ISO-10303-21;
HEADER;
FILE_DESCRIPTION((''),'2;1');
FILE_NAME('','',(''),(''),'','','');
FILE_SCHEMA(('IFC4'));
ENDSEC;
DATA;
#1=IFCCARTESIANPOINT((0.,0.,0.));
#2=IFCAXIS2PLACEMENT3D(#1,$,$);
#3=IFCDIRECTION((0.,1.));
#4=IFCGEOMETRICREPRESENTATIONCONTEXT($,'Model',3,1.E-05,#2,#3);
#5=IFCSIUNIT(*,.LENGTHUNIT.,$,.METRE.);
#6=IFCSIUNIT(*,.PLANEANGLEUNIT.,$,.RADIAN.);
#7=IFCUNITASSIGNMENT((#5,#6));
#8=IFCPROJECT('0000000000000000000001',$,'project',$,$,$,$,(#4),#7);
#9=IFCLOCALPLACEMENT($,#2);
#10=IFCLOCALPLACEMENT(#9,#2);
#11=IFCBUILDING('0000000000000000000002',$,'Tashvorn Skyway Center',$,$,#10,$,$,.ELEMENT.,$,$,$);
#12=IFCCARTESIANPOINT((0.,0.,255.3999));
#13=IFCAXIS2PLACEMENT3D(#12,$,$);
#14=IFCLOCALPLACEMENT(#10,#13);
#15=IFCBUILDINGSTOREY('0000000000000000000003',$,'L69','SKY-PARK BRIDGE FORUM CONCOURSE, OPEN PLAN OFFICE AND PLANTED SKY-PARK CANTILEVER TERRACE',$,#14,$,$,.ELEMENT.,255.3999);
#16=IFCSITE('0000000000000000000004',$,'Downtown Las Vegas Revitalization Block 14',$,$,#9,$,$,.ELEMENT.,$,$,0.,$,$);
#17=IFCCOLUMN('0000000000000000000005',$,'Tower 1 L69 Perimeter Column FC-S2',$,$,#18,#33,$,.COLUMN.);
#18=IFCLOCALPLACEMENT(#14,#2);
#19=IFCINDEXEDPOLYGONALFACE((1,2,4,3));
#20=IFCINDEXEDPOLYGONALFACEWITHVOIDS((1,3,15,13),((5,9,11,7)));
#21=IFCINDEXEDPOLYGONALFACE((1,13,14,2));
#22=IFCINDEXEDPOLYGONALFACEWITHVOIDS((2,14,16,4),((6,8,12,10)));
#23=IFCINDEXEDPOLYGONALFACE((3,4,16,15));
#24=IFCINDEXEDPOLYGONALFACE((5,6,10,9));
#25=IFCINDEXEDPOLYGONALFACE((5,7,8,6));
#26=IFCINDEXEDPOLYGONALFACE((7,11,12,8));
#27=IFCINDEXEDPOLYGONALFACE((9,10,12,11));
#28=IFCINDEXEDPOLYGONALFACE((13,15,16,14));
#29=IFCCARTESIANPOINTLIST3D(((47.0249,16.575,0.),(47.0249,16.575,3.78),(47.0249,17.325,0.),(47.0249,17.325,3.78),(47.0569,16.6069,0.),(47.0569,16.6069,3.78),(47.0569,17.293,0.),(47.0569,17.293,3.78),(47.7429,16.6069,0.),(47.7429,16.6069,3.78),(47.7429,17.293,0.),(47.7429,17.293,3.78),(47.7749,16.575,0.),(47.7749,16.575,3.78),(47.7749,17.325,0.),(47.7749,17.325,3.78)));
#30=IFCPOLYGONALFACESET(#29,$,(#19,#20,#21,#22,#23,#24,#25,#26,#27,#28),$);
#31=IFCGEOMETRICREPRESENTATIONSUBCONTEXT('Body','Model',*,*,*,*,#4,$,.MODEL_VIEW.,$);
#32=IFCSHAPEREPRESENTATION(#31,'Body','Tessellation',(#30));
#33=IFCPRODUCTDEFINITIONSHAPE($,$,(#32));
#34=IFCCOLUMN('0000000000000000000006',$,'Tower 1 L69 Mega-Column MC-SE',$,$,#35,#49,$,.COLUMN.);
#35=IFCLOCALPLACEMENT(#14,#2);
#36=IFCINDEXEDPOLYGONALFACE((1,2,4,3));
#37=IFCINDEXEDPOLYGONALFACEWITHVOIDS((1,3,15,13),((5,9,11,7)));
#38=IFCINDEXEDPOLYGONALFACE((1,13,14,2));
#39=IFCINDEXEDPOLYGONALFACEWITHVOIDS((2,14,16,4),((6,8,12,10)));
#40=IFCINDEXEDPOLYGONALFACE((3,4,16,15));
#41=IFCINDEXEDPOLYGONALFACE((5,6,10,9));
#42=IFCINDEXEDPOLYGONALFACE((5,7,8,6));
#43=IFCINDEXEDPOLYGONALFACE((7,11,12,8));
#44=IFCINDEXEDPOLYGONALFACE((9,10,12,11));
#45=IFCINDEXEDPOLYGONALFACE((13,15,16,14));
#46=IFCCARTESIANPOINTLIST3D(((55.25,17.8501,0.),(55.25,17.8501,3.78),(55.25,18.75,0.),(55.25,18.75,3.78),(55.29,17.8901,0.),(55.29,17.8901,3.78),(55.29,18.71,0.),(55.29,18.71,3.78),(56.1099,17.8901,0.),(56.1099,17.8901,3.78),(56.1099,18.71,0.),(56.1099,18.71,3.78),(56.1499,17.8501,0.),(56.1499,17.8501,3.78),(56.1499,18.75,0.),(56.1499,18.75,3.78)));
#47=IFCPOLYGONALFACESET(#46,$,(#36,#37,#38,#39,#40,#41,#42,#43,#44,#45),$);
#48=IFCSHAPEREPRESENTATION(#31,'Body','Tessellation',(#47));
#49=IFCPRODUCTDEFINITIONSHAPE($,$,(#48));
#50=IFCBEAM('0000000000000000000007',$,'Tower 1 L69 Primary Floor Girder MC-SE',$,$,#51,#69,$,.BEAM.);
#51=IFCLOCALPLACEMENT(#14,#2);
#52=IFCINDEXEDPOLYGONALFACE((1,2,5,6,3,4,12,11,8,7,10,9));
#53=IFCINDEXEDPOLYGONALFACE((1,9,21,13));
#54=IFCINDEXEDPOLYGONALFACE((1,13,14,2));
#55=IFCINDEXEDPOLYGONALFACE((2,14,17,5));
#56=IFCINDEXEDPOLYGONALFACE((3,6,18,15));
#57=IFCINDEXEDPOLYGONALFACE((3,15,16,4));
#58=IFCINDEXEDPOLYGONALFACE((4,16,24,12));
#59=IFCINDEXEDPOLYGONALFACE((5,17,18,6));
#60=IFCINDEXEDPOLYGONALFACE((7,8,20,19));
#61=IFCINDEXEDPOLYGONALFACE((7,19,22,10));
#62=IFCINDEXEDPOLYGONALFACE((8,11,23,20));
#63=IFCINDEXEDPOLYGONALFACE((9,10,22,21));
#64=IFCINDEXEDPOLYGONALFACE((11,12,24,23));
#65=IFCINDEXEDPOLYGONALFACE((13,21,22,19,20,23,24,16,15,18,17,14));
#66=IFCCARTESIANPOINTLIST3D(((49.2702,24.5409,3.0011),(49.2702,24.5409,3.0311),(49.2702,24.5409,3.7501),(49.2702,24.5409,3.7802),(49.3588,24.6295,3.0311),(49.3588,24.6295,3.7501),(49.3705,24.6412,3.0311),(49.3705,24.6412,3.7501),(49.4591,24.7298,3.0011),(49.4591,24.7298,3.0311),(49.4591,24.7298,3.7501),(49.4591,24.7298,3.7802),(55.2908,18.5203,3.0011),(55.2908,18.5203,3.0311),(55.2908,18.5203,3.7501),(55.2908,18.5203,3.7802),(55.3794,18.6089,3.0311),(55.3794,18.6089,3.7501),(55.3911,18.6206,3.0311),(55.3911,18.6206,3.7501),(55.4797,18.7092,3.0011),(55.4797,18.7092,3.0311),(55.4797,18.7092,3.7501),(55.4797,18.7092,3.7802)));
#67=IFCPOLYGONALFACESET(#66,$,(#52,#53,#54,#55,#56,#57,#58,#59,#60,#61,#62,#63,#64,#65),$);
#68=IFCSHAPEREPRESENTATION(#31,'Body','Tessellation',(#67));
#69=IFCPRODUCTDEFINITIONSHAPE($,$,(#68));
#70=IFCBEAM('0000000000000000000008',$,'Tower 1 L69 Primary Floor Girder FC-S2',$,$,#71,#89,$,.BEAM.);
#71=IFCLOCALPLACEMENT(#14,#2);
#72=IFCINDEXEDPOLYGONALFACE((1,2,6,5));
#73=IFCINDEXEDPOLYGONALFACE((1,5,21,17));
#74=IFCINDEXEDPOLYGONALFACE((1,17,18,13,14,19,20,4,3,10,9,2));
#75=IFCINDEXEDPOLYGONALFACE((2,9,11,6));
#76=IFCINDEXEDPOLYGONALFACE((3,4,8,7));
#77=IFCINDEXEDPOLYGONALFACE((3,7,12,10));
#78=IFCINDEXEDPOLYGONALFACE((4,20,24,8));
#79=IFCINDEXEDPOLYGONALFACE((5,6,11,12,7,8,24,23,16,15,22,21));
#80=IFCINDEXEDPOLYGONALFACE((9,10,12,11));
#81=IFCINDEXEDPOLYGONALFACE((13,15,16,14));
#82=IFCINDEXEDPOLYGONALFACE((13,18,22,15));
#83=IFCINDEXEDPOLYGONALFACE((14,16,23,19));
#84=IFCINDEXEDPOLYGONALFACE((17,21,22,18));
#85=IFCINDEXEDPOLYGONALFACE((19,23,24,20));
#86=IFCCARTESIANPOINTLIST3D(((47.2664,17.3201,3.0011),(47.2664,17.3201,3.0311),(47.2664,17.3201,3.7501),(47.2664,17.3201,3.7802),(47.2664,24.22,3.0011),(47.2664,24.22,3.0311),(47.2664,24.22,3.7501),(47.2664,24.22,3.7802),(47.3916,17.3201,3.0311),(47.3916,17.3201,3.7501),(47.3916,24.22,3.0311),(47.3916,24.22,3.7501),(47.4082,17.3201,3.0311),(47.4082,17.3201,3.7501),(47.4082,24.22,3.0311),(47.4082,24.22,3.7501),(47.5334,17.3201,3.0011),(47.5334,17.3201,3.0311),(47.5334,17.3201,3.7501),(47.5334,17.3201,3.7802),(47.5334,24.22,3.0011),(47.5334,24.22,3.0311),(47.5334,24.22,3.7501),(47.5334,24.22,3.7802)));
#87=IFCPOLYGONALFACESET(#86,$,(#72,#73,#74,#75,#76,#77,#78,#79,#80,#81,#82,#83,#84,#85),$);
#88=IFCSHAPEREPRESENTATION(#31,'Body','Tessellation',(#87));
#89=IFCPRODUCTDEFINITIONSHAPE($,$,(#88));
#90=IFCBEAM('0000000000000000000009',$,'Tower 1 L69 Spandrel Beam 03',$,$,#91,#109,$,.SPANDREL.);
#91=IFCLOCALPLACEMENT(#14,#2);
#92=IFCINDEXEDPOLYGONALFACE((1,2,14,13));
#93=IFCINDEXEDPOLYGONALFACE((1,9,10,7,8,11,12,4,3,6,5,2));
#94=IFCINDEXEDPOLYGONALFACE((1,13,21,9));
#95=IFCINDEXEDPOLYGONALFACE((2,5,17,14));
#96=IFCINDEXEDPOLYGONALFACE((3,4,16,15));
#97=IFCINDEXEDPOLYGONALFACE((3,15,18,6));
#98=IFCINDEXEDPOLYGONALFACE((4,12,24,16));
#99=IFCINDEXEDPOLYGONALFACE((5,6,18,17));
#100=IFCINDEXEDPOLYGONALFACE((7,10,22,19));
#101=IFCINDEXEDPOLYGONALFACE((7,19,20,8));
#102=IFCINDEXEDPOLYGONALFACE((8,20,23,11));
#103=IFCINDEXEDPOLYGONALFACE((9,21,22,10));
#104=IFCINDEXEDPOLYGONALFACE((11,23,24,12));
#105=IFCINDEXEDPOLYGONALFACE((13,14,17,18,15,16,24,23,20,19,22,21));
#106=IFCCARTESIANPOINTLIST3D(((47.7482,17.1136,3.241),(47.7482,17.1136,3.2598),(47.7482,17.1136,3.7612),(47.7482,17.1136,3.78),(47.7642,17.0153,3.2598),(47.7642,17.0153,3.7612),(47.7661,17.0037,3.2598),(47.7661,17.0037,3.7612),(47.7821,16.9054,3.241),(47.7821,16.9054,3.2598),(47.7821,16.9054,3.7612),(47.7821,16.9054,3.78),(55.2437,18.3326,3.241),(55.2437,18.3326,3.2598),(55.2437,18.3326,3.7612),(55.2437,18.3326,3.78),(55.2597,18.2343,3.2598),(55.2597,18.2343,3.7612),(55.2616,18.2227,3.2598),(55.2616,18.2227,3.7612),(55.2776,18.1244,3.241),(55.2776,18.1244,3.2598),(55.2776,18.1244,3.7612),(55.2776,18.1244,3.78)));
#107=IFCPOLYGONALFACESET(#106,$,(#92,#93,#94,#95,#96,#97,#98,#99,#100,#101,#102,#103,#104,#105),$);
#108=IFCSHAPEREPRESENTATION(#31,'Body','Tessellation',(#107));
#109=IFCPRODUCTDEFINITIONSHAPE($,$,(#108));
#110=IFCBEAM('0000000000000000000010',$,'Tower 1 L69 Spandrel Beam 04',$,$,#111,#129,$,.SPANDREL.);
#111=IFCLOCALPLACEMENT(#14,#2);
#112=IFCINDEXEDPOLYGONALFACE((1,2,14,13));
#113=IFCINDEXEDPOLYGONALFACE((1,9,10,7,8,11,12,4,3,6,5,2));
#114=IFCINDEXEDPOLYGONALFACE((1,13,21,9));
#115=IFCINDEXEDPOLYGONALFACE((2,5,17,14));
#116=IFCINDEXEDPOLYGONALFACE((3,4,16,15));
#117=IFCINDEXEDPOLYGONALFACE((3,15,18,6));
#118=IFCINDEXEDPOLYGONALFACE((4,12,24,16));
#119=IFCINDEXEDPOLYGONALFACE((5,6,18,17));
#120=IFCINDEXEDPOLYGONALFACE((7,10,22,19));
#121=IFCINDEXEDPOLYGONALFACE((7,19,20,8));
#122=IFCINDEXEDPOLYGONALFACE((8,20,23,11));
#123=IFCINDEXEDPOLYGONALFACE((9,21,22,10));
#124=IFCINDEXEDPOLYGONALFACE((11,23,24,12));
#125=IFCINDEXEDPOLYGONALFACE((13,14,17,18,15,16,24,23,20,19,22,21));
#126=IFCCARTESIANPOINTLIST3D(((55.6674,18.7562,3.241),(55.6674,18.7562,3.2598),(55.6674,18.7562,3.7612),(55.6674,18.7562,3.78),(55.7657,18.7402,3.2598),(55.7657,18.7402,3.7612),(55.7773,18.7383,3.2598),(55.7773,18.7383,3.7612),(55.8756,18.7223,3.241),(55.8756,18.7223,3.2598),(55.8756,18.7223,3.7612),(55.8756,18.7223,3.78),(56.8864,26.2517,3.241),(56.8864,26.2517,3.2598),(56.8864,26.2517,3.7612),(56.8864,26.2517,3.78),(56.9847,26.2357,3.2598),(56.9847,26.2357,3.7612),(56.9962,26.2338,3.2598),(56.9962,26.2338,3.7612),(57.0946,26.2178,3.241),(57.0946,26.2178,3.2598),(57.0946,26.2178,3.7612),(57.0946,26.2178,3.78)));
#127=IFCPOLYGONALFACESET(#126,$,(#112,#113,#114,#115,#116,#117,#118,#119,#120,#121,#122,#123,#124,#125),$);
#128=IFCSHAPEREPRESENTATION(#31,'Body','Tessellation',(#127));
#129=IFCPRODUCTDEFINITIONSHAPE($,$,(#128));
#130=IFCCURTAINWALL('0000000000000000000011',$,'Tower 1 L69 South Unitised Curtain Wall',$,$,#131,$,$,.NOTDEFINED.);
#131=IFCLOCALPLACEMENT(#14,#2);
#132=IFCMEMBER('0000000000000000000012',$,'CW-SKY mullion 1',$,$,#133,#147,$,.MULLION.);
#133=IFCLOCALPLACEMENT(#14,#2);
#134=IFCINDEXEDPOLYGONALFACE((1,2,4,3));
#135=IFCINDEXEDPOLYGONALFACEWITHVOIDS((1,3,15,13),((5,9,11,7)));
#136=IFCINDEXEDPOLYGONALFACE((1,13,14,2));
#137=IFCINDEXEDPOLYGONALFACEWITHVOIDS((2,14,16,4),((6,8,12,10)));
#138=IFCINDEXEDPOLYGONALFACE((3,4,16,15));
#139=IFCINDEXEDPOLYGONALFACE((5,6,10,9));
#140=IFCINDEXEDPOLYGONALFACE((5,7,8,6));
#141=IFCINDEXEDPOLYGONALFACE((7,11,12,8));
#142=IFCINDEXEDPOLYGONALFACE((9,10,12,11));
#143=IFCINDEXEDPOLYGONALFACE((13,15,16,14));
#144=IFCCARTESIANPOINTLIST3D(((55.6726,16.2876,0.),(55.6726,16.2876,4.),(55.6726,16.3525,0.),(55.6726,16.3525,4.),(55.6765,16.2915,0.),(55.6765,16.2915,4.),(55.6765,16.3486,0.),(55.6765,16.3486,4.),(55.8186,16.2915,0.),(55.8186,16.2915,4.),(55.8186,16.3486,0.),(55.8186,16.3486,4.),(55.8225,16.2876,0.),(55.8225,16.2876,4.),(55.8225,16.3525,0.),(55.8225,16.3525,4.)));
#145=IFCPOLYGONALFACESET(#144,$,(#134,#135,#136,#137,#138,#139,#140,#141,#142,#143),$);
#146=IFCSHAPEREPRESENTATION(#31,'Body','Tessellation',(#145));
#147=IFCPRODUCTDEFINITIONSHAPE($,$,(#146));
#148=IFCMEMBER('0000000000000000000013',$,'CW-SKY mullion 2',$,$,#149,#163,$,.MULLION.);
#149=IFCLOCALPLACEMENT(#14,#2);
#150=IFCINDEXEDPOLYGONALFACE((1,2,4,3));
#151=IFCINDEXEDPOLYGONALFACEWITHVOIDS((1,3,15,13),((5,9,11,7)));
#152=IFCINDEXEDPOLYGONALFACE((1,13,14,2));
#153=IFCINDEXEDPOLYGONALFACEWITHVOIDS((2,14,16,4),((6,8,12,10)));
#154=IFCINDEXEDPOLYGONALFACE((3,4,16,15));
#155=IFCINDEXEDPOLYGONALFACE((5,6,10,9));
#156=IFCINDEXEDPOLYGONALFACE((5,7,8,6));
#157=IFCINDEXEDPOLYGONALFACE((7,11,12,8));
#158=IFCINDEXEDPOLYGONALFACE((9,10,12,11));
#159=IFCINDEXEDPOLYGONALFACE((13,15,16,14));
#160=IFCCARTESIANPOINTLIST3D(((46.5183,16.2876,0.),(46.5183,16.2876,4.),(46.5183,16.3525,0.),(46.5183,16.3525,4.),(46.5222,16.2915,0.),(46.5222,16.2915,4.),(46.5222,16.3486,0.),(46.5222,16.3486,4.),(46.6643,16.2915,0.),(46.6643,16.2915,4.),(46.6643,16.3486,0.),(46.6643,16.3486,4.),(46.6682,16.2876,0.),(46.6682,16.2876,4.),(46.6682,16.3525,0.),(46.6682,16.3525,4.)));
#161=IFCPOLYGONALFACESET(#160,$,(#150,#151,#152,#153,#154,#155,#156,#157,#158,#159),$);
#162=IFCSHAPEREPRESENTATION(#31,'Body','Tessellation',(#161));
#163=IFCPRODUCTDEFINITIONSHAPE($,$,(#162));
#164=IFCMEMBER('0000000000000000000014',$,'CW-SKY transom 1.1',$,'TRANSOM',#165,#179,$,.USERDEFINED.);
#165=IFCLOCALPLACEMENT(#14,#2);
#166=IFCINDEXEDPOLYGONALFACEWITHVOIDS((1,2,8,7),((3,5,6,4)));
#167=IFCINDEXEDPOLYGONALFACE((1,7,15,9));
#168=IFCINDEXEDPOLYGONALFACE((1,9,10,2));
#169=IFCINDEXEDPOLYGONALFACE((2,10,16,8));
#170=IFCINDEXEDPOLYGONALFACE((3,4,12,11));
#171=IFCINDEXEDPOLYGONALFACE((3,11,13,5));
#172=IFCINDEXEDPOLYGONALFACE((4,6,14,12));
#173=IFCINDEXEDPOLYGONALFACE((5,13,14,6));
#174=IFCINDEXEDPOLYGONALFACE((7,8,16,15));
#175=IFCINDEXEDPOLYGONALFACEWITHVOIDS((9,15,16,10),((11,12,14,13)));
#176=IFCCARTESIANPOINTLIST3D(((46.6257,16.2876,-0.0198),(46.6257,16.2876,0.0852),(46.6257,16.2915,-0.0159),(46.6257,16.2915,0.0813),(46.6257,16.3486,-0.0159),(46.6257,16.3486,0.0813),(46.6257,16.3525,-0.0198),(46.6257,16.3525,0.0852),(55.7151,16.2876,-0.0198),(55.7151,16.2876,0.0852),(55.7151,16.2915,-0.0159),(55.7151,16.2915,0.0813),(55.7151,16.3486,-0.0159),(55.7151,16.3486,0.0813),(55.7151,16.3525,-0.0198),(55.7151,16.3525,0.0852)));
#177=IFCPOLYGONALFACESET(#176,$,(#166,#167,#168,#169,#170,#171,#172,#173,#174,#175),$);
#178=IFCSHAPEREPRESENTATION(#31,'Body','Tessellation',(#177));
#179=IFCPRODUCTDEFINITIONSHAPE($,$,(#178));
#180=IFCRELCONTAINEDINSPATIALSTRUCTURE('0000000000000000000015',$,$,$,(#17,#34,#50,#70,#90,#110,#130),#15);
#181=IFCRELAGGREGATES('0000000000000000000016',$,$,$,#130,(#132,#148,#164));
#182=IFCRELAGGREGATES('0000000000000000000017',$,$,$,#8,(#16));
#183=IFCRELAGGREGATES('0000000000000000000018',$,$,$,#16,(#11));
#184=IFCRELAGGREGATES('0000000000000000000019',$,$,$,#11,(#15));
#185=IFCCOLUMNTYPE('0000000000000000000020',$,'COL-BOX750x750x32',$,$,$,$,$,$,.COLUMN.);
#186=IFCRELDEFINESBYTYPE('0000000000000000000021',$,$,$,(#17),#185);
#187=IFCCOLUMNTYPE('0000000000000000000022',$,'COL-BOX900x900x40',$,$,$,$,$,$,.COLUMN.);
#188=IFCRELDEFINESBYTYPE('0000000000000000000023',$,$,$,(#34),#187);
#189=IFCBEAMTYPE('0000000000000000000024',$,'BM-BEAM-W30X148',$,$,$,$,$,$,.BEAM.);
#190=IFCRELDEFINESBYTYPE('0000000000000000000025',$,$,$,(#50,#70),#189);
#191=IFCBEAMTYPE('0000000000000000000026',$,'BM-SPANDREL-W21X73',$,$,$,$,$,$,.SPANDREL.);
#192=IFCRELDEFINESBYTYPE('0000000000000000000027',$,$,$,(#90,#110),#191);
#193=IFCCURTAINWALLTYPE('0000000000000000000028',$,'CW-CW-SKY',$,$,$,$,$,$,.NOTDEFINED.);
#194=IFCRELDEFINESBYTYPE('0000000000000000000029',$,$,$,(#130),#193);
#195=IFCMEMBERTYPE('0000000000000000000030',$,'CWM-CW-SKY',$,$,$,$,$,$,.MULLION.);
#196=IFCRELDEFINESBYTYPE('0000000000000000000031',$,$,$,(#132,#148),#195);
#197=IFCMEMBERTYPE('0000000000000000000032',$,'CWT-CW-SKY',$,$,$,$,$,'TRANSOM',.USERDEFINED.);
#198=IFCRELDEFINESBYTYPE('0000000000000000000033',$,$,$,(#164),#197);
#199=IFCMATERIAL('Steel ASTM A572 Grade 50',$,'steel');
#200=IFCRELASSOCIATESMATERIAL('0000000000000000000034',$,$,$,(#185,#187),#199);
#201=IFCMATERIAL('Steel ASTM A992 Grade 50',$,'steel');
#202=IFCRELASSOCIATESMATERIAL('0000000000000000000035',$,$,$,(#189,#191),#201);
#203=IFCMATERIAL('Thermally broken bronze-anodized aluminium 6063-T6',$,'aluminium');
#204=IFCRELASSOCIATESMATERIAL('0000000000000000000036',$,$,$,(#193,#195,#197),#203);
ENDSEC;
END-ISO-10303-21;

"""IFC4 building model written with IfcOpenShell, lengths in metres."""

from ifc_helpers import new_model, si_unit, direction, frame, origin, origin_2d, place, context, subcontext, project, spatial, hollow_rectangle, i_section, extrude, material, material_profile, profile_set, type_object, element, aggregate, save


model = new_model("IFC4")

# Units and contexts
model_context = context("Model", 3, precision=1e-05, world=origin(), true_north=direction((0.0, 1.0)))
body_context = subcontext(model_context, "Body", "Model", "MODEL_VIEW")
ifc_project = project(units=[si_unit("LENGTHUNIT", "METRE"), si_unit("PLANEANGLEUNIT", "RADIAN")], contexts=[model_context])

# Site, building, storey
site_placement = place(None, origin())
site = spatial("IfcSite", under=ifc_project, at=site_placement, Name="Downtown Las Vegas Revitalization Block 14", CompositionType="ELEMENT", RefElevation=0.0)
building_placement = place(site_placement, origin())
building = spatial("IfcBuilding", under=site, at=building_placement, Name="Tashvorn Skyway Center", CompositionType="ELEMENT")
storey_placement = place(building_placement, frame((0.0, 0.0, 255.3999)))
storey = spatial("IfcBuildingStorey", under=building, at=storey_placement, Name="L69", Description="SKY-PARK BRIDGE FORUM CONCOURSE, OPEN PLAN OFFICE AND PLANTED SKY-PARK CANTILEVER TERRACE", CompositionType="ELEMENT", Elevation=255.3999)

# Columns
ifc_material_1 = material(Name="Steel ASTM A572 Grade 50", Category="steel")
ifc_material_profile_1 = material_profile(ifc_material_1, hollow_rectangle(XDim=0.75, YDim=0.75, WallThickness=0.032, at=origin_2d()), Name="BOX750x750x32")
ifc_profile_set_1 = profile_set([ifc_material_profile_1], Name="Steel ASTM A572 Grade 50")
column_type_1 = type_object("IfcColumnType", Name="COL-BOX750x750x32", PredefinedType="COLUMN", material=ifc_profile_set_1)
column_1_placement = place(storey_placement, frame((47.3999, 16.95, 0.0), z_axis=(0.0, 0.0, 1.0), x_axis=(1.0, 0.0, 0.0)))
element("IfcColumn", 1, at=column_1_placement, inside=storey, type_object=column_type_1, Name="Tower 1 L69 Perimeter Column FC-S2", PredefinedType="COLUMN", context=body_context, shape_type="SweptSolid", body=[
    extrude(hollow_rectangle(XDim=0.75, YDim=0.75, WallThickness=0.032, at=origin_2d()), origin(), (0.0, 0.0, 1.0), 3.78),
])
ifc_material_profile_2 = material_profile(ifc_material_1, hollow_rectangle(XDim=0.8999, YDim=0.8999, WallThickness=0.04, at=origin_2d()), Name="BOX900x900x40")
ifc_profile_set_2 = profile_set([ifc_material_profile_2], Name="Steel ASTM A572 Grade 50")
column_type_2 = type_object("IfcColumnType", Name="COL-BOX900x900x40", PredefinedType="COLUMN", material=ifc_profile_set_2)
column_2_placement = place(storey_placement, frame((55.7, 18.3, 0.0), z_axis=(0.0, 0.0, 1.0), x_axis=(1.0, 0.0, 0.0)))
element("IfcColumn", 2, at=column_2_placement, inside=storey, type_object=column_type_2, Name="Tower 1 L69 Mega-Column MC-SE", PredefinedType="COLUMN", context=body_context, shape_type="SweptSolid", body=[
    extrude(hollow_rectangle(XDim=0.8999, YDim=0.8999, WallThickness=0.04, at=origin_2d()), origin(), (0.0, 0.0, 1.0), 3.78),
])

# Beams
ifc_material_2 = material(Name="Steel ASTM A992 Grade 50", Category="steel")
ifc_material_profile_3 = material_profile(ifc_material_2, i_section(OverallWidth=0.2671, OverallDepth=0.7791, WebThickness=0.0166, FlangeThickness=0.03, at=origin_2d()), Name="W30X148")
ifc_profile_set_3 = profile_set([ifc_material_profile_3], Name="Steel ASTM A992 Grade 50")
beam_type_1 = type_object("IfcBeamType", Name="BM-BEAM-W30X148", PredefinedType="BEAM", material=ifc_profile_set_3)
beam_1_placement = place(storey_placement, frame((55.3853, 18.6147, 3.3906), z_axis=(-0.707107, 0.707107, 0.0), x_axis=(-0.707107, -0.707107, 0.0)))
element("IfcBeam", 3, at=beam_1_placement, inside=storey, type_object=beam_type_1, Name="Tower 1 L69 Primary Floor Girder MC-SE", PredefinedType="BEAM", context=body_context, shape_type="SweptSolid", body=[
    extrude(i_section(OverallWidth=0.2671, OverallDepth=0.7791, WebThickness=0.0166, FlangeThickness=0.03, at=origin_2d()), origin(), (0.0, 0.0, 1.0), 8.5144),
])
beam_2_placement = place(storey_placement, frame((47.3999, 17.3201, 3.3906), z_axis=(0.0, 1.0, 0.0), x_axis=(-1.0, 0.0, 0.0)))
element("IfcBeam", 4, at=beam_2_placement, inside=storey, type_object=beam_type_1, Name="Tower 1 L69 Primary Floor Girder FC-S2", PredefinedType="BEAM", context=body_context, shape_type="SweptSolid", body=[
    extrude(i_section(OverallWidth=0.2671, OverallDepth=0.7791, WebThickness=0.0166, FlangeThickness=0.03, at=origin_2d()), origin(), (0.0, 0.0, 1.0), 6.8999),
])
ifc_material_profile_4 = material_profile(ifc_material_2, i_section(OverallWidth=0.2109, OverallDepth=0.5391, WebThickness=0.0117, FlangeThickness=0.0188, at=origin_2d()), Name="W21X73")
ifc_profile_set_4 = profile_set([ifc_material_profile_4], Name="Steel ASTM A992 Grade 50")
beam_type_2 = type_object("IfcBeamType", Name="BM-SPANDREL-W21X73", PredefinedType="SPANDREL", material=ifc_profile_set_4)
for number, where, z_axis, x_axis, name in (
    (5, (47.7651, 17.0095, 3.5105), (0.987033, 0.160519, 0.0), (-0.160519, 0.987033, 0.0), "Tower 1 L69 Spandrel Beam 03"),
    (6, (55.7715, 18.7393, 3.5105), (0.160519, 0.987033, 0.0), (-0.987033, 0.160519, 0.0), "Tower 1 L69 Spandrel Beam 04"),
):
    element("IfcBeam", number, at=place(storey_placement, frame(where, z_axis=z_axis, x_axis=x_axis)), inside=storey, type_object=beam_type_2, Name=name, PredefinedType="SPANDREL", context=body_context, shape_type="SweptSolid", body=[
        extrude(i_section(OverallWidth=0.2109, OverallDepth=0.5391, WebThickness=0.0117, FlangeThickness=0.0188, at=origin_2d()), origin(), (0.0, 0.0, 1.0), 7.594),
    ])

# Curtain wall, members
ifc_material_3 = material(Name="Thermally broken bronze-anodized aluminium 6063-T6", Category="aluminium")
curtain_wall_type = type_object("IfcCurtainWallType", Name="CW-CW-SKY", PredefinedType="NOTDEFINED", material=ifc_material_3)
curtain_wall_placement = place(storey_placement, origin())
curtain_wall = element("IfcCurtainWall", 7, at=curtain_wall_placement, inside=storey, type_object=curtain_wall_type, Name="Tower 1 L69 South Unitised Curtain Wall", PredefinedType="NOTDEFINED")
ifc_material_profile_5 = material_profile(ifc_material_3, hollow_rectangle(XDim=0.0649, YDim=0.1499, WallThickness=0.0039, at=origin_2d()), Name="ALU-MULL-65x150")
ifc_profile_set_5 = profile_set([ifc_material_profile_5], Name="Thermally broken bronze-anodized aluminium 6063-T6")
member_type_1 = type_object("IfcMemberType", Name="CWM-CW-SKY", PredefinedType="MULLION", material=ifc_profile_set_5)
member_1_placement = place(storey_placement, frame((55.7476, 16.3201, 0.0), z_axis=(0.0, 0.0, 1.0), x_axis=(0.0, -1.0, 0.0)))
member_1 = element("IfcMember", 8, at=member_1_placement, type_object=member_type_1, Name="CW-SKY mullion 1", PredefinedType="MULLION", context=body_context, shape_type="SweptSolid", body=[
    extrude(hollow_rectangle(XDim=0.0649, YDim=0.1499, WallThickness=0.0039, at=origin_2d()), origin(), (0.0, 0.0, 1.0), 4.0),
])
member_2_placement = place(storey_placement, frame((46.5933, 16.3201, 0.0), z_axis=(0.0, 0.0, 1.0), x_axis=(0.0, -1.0, 0.0)))
member_2 = element("IfcMember", 9, at=member_2_placement, type_object=member_type_1, Name="CW-SKY mullion 2", PredefinedType="MULLION", context=body_context, shape_type="SweptSolid", body=[
    extrude(hollow_rectangle(XDim=0.0649, YDim=0.1499, WallThickness=0.0039, at=origin_2d()), origin(), (0.0, 0.0, 1.0), 4.0),
])
ifc_material_profile_6 = material_profile(ifc_material_3, hollow_rectangle(XDim=0.0649, YDim=0.105, WallThickness=0.0039, at=origin_2d()), Name="ALU-TRAN-65x105")
ifc_profile_set_6 = profile_set([ifc_material_profile_6], Name="Thermally broken bronze-anodized aluminium 6063-T6")
member_type_2 = type_object("IfcMemberType", Name="CWT-CW-SKY", ElementType="TRANSOM", PredefinedType="USERDEFINED", material=ifc_profile_set_6)
member_3_placement = place(storey_placement, frame((55.7151, 16.3201, 0.0327), z_axis=(-1.0, 0.0, 0.0), x_axis=(0.0, -1.0, 0.0)))
member_3 = element("IfcMember", 10, at=member_3_placement, type_object=member_type_2, Name="CW-SKY transom 1.1", ObjectType="TRANSOM", PredefinedType="USERDEFINED", context=body_context, shape_type="SweptSolid", body=[
    extrude(hollow_rectangle(XDim=0.0649, YDim=0.105, WallThickness=0.0039, at=origin_2d()), origin(), (0.0, 0.0, 1.0), 9.0894),
])

aggregate(curtain_wall, [member_1, member_2, member_3])

save(model, "model.ifc")
